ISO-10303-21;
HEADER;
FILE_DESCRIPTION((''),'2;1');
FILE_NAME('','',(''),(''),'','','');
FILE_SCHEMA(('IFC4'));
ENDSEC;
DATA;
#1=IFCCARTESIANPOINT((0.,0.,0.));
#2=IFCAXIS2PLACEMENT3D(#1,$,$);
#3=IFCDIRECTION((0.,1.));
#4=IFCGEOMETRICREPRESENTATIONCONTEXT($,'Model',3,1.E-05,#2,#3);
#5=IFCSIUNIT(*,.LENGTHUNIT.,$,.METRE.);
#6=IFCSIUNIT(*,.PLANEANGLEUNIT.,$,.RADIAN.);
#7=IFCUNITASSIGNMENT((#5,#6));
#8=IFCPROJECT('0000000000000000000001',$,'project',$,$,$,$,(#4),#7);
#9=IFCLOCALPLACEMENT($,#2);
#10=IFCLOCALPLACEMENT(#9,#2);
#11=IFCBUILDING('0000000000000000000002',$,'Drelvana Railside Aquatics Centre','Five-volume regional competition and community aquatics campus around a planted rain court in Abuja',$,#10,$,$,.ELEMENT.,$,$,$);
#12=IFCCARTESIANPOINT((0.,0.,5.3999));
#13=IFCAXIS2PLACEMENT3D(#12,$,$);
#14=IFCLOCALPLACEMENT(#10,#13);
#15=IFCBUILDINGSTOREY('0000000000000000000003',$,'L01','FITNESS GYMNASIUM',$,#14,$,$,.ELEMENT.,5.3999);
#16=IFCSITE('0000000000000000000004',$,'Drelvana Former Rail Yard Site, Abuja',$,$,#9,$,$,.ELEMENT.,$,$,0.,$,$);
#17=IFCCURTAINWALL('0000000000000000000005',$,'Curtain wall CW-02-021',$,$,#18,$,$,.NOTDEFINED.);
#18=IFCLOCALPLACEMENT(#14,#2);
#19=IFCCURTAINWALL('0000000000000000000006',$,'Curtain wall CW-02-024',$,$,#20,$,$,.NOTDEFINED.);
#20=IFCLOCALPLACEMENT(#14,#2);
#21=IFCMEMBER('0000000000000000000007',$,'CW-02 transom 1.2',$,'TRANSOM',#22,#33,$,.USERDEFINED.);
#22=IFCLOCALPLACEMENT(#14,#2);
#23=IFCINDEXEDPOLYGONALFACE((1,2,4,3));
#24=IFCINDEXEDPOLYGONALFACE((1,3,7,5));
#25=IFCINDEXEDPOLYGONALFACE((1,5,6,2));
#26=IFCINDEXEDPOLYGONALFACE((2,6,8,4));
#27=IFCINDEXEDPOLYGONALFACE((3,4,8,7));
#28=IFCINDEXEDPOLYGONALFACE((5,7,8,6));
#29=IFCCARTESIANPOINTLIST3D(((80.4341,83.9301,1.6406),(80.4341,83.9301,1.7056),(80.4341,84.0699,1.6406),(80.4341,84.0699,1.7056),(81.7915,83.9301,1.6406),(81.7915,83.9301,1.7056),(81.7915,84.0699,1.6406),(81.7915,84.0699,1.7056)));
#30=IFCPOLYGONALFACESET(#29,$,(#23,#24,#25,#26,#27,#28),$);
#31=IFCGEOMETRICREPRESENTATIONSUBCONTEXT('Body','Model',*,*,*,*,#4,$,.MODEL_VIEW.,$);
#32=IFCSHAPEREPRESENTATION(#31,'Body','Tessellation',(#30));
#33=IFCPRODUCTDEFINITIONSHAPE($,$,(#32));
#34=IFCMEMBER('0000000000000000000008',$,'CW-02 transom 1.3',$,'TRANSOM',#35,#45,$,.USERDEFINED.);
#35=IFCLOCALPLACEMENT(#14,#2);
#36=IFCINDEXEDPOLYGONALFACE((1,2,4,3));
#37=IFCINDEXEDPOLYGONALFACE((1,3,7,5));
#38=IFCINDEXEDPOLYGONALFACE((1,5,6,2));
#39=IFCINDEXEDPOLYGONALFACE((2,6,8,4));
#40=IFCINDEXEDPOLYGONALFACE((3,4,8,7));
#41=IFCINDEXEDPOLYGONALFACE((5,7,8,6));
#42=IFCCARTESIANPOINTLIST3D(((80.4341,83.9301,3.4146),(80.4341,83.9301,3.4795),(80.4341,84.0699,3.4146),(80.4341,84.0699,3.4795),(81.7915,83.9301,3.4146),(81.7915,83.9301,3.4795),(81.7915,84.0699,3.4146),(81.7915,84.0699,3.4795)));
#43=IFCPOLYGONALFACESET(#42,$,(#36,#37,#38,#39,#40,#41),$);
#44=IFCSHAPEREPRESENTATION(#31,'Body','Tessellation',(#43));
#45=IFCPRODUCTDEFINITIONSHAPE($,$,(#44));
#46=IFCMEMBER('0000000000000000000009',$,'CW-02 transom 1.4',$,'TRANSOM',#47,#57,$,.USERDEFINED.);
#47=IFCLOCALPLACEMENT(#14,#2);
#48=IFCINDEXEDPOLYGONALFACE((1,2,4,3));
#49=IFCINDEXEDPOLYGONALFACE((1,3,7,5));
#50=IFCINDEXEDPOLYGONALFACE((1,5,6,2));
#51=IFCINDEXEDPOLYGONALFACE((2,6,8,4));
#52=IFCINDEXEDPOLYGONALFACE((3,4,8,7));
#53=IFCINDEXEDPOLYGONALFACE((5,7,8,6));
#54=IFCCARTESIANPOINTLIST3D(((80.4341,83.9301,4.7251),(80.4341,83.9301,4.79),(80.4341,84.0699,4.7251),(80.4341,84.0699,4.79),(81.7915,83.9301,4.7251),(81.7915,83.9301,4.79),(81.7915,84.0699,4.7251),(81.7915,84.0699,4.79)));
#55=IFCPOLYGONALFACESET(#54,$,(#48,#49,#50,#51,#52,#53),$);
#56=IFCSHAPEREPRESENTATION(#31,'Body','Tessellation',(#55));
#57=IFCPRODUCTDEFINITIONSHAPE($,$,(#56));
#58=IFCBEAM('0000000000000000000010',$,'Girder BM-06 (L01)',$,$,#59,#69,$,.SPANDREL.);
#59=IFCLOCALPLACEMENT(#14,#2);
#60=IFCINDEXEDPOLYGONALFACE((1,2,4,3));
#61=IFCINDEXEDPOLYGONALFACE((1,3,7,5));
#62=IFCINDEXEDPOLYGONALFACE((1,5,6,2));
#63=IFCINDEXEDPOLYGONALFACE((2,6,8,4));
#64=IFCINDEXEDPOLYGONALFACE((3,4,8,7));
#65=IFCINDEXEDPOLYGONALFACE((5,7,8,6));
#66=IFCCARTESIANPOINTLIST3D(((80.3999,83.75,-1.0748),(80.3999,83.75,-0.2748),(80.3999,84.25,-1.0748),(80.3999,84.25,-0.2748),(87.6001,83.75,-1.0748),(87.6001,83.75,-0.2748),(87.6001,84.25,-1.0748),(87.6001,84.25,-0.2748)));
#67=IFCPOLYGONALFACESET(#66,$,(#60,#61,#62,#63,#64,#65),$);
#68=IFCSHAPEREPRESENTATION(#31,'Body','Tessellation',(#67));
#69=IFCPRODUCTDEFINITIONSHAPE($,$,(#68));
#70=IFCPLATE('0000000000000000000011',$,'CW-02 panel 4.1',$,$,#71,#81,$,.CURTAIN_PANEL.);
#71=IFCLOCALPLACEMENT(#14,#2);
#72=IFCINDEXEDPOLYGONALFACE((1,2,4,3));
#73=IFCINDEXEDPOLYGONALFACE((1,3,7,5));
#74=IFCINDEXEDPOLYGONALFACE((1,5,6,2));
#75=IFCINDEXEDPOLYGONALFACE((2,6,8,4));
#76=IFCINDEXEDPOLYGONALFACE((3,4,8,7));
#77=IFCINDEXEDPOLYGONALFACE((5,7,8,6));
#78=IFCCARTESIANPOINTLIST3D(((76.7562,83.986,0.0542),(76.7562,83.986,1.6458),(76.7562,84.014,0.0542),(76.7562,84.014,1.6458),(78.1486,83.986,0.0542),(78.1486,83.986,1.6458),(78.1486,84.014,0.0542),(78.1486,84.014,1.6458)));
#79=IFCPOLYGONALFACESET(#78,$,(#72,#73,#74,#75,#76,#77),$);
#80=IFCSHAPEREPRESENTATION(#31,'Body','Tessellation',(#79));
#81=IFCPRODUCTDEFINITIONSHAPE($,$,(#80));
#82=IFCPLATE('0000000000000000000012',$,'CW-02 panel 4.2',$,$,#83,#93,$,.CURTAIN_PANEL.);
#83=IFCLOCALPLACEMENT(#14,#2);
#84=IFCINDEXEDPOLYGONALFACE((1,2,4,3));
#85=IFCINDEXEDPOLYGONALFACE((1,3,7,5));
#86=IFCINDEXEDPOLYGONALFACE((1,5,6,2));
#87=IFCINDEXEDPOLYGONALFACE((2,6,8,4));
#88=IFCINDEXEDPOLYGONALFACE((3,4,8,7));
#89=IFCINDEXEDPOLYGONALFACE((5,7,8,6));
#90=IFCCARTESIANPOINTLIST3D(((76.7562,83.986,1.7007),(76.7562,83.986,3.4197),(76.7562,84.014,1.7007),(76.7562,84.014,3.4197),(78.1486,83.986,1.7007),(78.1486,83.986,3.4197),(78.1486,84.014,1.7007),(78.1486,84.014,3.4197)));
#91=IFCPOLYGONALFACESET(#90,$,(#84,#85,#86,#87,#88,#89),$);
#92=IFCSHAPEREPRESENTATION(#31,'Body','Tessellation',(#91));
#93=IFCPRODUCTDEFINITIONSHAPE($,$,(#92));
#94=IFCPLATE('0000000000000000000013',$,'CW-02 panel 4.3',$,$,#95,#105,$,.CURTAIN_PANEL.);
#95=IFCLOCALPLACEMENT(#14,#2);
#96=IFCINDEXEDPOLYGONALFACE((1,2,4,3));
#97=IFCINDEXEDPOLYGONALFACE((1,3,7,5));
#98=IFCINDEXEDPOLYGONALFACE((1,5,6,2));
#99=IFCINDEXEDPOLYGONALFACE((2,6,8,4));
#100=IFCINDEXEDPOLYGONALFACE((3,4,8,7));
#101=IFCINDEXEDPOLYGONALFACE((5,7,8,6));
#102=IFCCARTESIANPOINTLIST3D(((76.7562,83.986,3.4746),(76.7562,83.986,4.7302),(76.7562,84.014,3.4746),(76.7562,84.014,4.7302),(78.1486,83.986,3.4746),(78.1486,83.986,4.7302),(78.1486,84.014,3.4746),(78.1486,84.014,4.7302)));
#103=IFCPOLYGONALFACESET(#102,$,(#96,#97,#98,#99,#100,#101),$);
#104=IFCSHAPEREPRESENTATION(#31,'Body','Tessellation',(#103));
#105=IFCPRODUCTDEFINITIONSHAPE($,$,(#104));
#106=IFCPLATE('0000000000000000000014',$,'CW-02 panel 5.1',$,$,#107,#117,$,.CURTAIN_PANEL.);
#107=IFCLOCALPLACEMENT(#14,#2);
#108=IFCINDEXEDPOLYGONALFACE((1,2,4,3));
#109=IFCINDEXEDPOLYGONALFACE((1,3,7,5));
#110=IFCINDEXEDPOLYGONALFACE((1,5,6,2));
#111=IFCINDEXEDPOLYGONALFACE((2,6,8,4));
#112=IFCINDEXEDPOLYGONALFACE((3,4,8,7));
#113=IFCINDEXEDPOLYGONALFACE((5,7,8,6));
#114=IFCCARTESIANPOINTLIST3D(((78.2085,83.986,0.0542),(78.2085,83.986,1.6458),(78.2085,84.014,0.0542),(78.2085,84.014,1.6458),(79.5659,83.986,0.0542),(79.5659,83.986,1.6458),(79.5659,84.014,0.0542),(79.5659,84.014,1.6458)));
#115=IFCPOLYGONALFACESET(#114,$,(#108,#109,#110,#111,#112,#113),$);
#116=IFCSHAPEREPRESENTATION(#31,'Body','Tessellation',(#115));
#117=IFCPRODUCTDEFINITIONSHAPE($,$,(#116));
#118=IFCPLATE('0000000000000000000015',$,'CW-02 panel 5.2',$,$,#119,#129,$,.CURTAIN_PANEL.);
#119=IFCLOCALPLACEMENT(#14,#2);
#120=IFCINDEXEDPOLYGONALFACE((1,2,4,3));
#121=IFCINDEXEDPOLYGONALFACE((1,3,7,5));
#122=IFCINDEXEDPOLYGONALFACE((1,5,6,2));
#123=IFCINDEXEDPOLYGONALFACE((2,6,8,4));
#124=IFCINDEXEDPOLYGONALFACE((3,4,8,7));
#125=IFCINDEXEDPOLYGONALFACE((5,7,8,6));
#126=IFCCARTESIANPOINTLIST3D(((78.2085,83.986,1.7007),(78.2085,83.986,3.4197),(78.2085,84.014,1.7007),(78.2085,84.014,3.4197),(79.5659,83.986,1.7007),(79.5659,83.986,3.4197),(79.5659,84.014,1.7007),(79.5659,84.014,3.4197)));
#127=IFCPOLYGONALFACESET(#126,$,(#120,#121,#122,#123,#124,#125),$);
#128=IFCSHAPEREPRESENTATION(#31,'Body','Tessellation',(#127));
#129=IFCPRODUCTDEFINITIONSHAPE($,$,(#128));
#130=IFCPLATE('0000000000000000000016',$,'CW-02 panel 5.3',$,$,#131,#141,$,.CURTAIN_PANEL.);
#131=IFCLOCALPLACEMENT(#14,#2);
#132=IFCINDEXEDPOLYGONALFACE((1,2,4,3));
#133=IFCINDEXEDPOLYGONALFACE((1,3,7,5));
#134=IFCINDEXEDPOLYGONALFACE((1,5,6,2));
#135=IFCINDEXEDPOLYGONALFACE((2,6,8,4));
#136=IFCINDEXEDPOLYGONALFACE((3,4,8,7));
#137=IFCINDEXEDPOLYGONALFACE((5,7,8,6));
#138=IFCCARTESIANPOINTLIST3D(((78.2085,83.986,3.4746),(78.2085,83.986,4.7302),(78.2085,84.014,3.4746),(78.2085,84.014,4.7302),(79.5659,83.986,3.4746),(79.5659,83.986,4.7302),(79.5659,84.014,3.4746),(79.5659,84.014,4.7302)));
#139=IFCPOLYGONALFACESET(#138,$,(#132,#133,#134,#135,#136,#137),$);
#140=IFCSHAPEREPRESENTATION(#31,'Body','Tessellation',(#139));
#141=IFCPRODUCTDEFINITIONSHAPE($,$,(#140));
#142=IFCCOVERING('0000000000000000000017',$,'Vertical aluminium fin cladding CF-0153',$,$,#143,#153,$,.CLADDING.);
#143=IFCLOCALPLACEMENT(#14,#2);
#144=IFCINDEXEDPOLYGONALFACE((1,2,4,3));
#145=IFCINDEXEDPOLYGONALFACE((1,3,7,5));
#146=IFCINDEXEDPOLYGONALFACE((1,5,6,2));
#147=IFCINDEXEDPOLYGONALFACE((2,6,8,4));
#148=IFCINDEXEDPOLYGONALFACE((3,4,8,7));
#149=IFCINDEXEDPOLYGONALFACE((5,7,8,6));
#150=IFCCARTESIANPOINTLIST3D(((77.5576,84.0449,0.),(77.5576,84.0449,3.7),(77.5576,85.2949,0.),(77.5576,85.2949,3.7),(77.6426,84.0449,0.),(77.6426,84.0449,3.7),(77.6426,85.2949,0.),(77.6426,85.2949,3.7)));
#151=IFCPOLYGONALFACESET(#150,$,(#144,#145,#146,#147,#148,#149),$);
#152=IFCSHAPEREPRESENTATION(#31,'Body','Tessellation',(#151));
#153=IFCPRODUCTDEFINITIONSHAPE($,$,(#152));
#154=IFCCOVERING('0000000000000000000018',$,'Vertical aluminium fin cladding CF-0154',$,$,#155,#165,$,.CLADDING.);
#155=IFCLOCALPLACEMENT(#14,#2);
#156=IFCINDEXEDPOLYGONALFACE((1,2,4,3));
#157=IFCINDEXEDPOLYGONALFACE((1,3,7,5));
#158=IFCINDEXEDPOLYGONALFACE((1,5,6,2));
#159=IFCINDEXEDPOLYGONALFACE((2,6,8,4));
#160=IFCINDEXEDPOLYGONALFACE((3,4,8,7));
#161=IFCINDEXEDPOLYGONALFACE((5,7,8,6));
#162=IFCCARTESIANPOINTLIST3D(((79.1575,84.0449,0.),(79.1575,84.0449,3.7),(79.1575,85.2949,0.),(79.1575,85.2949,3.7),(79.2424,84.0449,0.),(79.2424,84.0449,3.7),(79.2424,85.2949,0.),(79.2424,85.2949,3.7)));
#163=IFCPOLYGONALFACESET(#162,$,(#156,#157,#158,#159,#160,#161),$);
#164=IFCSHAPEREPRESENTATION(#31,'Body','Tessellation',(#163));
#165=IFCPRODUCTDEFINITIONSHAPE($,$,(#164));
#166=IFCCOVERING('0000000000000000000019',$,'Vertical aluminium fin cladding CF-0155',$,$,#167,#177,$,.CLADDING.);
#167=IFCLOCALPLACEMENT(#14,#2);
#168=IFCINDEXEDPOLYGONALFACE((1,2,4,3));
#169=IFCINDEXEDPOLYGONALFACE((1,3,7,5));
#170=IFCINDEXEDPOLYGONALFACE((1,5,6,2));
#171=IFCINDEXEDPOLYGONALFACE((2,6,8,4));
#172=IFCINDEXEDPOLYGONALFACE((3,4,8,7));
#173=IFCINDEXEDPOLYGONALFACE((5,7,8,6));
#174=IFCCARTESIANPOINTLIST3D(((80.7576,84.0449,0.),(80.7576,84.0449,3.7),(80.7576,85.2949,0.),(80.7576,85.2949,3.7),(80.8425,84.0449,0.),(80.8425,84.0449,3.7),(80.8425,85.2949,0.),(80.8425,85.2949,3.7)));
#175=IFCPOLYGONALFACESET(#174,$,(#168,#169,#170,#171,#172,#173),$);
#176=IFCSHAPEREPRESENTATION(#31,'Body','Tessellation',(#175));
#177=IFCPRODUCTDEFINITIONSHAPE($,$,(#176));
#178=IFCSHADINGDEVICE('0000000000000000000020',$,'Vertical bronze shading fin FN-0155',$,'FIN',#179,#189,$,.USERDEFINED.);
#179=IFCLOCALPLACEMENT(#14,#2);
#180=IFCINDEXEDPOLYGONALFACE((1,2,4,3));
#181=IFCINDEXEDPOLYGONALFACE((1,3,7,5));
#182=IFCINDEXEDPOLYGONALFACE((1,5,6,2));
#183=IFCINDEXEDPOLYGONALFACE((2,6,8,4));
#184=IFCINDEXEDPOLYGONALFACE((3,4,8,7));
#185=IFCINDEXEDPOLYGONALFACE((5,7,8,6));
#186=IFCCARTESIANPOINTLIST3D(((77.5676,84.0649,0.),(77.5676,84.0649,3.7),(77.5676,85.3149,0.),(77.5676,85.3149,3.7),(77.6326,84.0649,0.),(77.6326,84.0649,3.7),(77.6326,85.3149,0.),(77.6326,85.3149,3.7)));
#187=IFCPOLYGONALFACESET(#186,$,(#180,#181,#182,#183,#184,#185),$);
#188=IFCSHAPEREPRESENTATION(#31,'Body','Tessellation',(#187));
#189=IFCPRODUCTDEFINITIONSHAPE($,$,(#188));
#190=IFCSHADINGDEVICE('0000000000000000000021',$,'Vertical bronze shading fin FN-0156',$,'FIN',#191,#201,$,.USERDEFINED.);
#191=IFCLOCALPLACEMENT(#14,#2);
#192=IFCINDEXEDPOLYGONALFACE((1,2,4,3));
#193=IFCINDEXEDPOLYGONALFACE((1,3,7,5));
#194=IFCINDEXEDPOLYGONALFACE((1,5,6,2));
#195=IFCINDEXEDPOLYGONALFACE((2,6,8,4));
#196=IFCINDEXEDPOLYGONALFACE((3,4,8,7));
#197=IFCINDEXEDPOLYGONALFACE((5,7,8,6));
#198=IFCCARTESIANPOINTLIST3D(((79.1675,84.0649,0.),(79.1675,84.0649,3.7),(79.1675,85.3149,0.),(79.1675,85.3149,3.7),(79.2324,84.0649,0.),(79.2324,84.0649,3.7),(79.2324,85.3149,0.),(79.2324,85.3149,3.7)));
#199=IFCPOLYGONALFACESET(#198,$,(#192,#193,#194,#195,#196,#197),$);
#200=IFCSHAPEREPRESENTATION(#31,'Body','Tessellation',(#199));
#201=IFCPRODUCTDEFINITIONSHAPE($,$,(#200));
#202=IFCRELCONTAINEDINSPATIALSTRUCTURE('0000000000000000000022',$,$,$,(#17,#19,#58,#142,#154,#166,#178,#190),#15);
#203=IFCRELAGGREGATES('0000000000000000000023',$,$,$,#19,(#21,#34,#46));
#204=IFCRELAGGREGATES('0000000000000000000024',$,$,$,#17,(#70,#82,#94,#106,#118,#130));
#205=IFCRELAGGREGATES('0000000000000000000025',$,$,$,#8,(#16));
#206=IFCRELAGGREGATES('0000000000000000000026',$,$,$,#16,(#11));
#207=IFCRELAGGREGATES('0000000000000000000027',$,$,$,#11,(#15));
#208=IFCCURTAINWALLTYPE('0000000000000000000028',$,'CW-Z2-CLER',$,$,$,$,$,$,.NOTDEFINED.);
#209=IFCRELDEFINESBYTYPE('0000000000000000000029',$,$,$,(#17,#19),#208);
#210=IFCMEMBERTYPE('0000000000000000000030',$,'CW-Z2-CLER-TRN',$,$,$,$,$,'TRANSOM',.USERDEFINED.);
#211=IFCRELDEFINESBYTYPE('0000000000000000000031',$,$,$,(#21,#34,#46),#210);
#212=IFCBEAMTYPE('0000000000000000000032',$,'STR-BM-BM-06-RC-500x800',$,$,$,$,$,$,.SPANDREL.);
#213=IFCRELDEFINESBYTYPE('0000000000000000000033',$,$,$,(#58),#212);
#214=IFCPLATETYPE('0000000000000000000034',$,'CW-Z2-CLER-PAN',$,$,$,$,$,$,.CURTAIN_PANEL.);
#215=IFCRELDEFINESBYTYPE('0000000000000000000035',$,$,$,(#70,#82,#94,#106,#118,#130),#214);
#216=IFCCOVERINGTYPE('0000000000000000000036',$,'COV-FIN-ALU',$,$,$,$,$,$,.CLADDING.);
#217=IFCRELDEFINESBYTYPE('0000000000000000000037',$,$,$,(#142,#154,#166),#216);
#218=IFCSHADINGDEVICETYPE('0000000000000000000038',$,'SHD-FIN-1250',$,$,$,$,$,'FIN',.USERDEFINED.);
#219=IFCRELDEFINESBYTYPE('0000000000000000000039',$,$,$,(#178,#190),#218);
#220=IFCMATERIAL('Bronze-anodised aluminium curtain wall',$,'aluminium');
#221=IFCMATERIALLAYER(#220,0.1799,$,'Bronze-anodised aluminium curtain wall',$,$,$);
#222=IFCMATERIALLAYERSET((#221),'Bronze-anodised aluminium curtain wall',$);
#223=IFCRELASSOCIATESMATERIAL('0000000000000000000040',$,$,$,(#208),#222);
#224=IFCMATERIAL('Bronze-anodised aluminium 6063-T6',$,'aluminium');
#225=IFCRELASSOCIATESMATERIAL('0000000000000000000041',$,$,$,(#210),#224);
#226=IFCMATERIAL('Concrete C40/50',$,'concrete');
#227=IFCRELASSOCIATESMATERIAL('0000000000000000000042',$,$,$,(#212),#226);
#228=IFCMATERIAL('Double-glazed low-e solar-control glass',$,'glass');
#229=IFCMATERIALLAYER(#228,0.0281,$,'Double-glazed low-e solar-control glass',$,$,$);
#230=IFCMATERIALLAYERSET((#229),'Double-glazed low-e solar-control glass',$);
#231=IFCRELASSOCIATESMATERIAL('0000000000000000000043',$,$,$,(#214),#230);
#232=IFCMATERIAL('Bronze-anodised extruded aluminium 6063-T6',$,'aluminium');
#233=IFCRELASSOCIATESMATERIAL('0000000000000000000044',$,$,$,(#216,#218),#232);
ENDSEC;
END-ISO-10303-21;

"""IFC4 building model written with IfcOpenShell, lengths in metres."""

from ifc_helpers import new_model, si_unit, direction, frame, origin, origin_2d, place, context, subcontext, project, spatial, rectangle, extrude, material, layer, layer_set, material_profile, profile_set, type_object, element, aggregate, save


model = new_model("IFC4")

# Units and contexts
model_context = context("Model", 3, precision=1e-05, world=origin(), true_north=direction((0.0, 1.0)))
body_context = subcontext(model_context, "Body", "Model", "MODEL_VIEW")
ifc_project = project(units=[si_unit("LENGTHUNIT", "METRE"), si_unit("PLANEANGLEUNIT", "RADIAN")], contexts=[model_context])

# Site, building, storey
site_placement = place(None, origin())
site = spatial("IfcSite", under=ifc_project, at=site_placement, Name="Drelvana Former Rail Yard Site, Abuja", CompositionType="ELEMENT", RefElevation=0.0)
building_placement = place(site_placement, origin())
building = spatial("IfcBuilding", under=site, at=building_placement, Name="Drelvana Railside Aquatics Centre", Description="Five-volume regional competition and community aquatics campus around a planted rain court in Abuja", CompositionType="ELEMENT")
storey_placement = place(building_placement, frame((0.0, 0.0, 5.3999)))
storey = spatial("IfcBuildingStorey", under=building, at=storey_placement, Name="L01", Description="FITNESS GYMNASIUM", CompositionType="ELEMENT", Elevation=5.3999)

# Shared definitions
ifc_material_1 = material(Name="Concrete C40/50", Category="concrete")

# Curtain wall
ifc_material_2 = material(Name="Bronze-anodised aluminium curtain wall", Category="aluminium")
ifc_layer_1 = layer(ifc_material_2, 0.1799, Name="Bronze-anodised aluminium curtain wall")
ifc_layer_set_1 = layer_set([ifc_layer_1], Name="Bronze-anodised aluminium curtain wall")
curtain_wall_type = type_object("IfcCurtainWallType", Name="CW-Z2-CLER", PredefinedType="NOTDEFINED", material=ifc_layer_set_1)
curtain_wall_1_placement = place(storey_placement, origin())
curtain_wall_1 = element("IfcCurtainWall", 1, at=curtain_wall_1_placement, inside=storey, type_object=curtain_wall_type, Name="Curtain wall CW-02-021", PredefinedType="NOTDEFINED")
ifc_material_3 = material(Name="Bronze-anodised aluminium 6063-T6", Category="aluminium")

# Curtain wall
curtain_wall_2_placement = place(storey_placement, origin())
curtain_wall_2 = element("IfcCurtainWall", 2, at=curtain_wall_2_placement, inside=storey, type_object=curtain_wall_type, Name="Curtain wall CW-02-024", PredefinedType="NOTDEFINED")

# Members
ifc_material_profile_1 = material_profile(ifc_material_3, rectangle(XDim=0.1399, YDim=0.0649, at=origin_2d()), Name="ALU-T 65x140")
ifc_profile_set_1 = profile_set([ifc_material_profile_1], Name="Bronze-anodised aluminium 6063-T6")
member_type_1 = type_object("IfcMemberType", Name="CW-Z2-CLER-TRN", ElementType="TRANSOM", PredefinedType="USERDEFINED", material=ifc_profile_set_1)
member_1_placement = place(storey_placement, frame((80.4341, 84.0, 1.6731), z_axis=(1.0, 0.0, 0.0), x_axis=(0.0, 1.0, 0.0)))
member_1 = element("IfcMember", 3, at=member_1_placement, type_object=member_type_1, Name="CW-02 transom 1.2", ObjectType="TRANSOM", PredefinedType="USERDEFINED", context=body_context, shape_type="SweptSolid", body=[
    extrude(rectangle(XDim=0.1399, YDim=0.0649, at=origin_2d()), origin(), (0.0, 0.0, 1.0), 1.3574),
])
member_2_placement = place(storey_placement, frame((80.4341, 84.0, 3.447), z_axis=(1.0, 0.0, 0.0), x_axis=(0.0, 1.0, 0.0)))
member_2 = element("IfcMember", 4, at=member_2_placement, type_object=member_type_1, Name="CW-02 transom 1.3", ObjectType="TRANSOM", PredefinedType="USERDEFINED", context=body_context, shape_type="SweptSolid", body=[
    extrude(rectangle(XDim=0.1399, YDim=0.0649, at=origin_2d()), origin(), (0.0, 0.0, 1.0), 1.3574),
])
member_3_placement = place(storey_placement, frame((80.4341, 84.0, 4.7576), z_axis=(1.0, 0.0, 0.0), x_axis=(0.0, 1.0, 0.0)))
member_3 = element("IfcMember", 5, at=member_3_placement, type_object=member_type_1, Name="CW-02 transom 1.4", ObjectType="TRANSOM", PredefinedType="USERDEFINED", context=body_context, shape_type="SweptSolid", body=[
    extrude(rectangle(XDim=0.1399, YDim=0.0649, at=origin_2d()), origin(), (0.0, 0.0, 1.0), 1.3574),
])
aggregate(curtain_wall_2, [member_1, member_2, member_3])

# Beam
ifc_material_profile_2 = material_profile(ifc_material_1, rectangle(XDim=0.5, YDim=0.8, at=origin_2d()), Name="RC 500x800")
ifc_profile_set_2 = profile_set([ifc_material_profile_2], Name="Concrete C40/50")
beam_type = type_object("IfcBeamType", Name="STR-BM-BM-06-RC-500x800", PredefinedType="SPANDREL", material=ifc_profile_set_2)
beam_placement = place(storey_placement, frame((80.3999, 84.0, -0.6748), z_axis=(1.0, 0.0, 0.0), x_axis=(0.0, 1.0, 0.0)))
element("IfcBeam", 6, at=beam_placement, inside=storey, type_object=beam_type, Name="Girder BM-06 (L01)", PredefinedType="SPANDREL", context=body_context, shape_type="SweptSolid", body=[
    extrude(rectangle(XDim=0.5, YDim=0.8, at=origin_2d()), origin(), (0.0, 0.0, 1.0), 7.2002),
])

# Plates
ifc_material_4 = material(Name="Double-glazed low-e solar-control glass", Category="glass")
ifc_layer_2 = layer(ifc_material_4, 0.0281, Name="Double-glazed low-e solar-control glass")
ifc_layer_set_2 = layer_set([ifc_layer_2], Name="Double-glazed low-e solar-control glass")
plate_type = type_object("IfcPlateType", Name="CW-Z2-CLER-PAN", PredefinedType="CURTAIN_PANEL", material=ifc_layer_set_2)
plate_1_placement = place(storey_placement, frame((77.4524, 84.0, 0.0542), z_axis=(0.0, 0.0, 1.0), x_axis=(1.0, 0.0, 0.0)))
plate_1 = element("IfcPlate", 7, at=plate_1_placement, type_object=plate_type, Name="CW-02 panel 4.1", PredefinedType="CURTAIN_PANEL", context=body_context, shape_type="SweptSolid", body=[
    extrude(rectangle(XDim=1.3923, YDim=0.0281, at=origin_2d()), origin(), (0.0, 0.0, 1.0), 1.5916),
])
plate_2_placement = place(storey_placement, frame((77.4524, 84.0, 1.7007), z_axis=(0.0, 0.0, 1.0), x_axis=(1.0, 0.0, 0.0)))
plate_2 = element("IfcPlate", 8, at=plate_2_placement, type_object=plate_type, Name="CW-02 panel 4.2", PredefinedType="CURTAIN_PANEL", context=body_context, shape_type="SweptSolid", body=[
    extrude(rectangle(XDim=1.3923, YDim=0.0281, at=origin_2d()), origin(), (0.0, 0.0, 1.0), 1.719),
])
plate_3_placement = place(storey_placement, frame((77.4524, 84.0, 3.4746), z_axis=(0.0, 0.0, 1.0), x_axis=(1.0, 0.0, 0.0)))
plate_3 = element("IfcPlate", 9, at=plate_3_placement, type_object=plate_type, Name="CW-02 panel 4.3", PredefinedType="CURTAIN_PANEL", context=body_context, shape_type="SweptSolid", body=[
    extrude(rectangle(XDim=1.3923, YDim=0.0281, at=origin_2d()), origin(), (0.0, 0.0, 1.0), 1.2556),
])
plate_4_placement = place(storey_placement, frame((78.8872, 84.0, 0.0542), z_axis=(0.0, 0.0, 1.0), x_axis=(1.0, 0.0, 0.0)))
plate_4 = element("IfcPlate", 10, at=plate_4_placement, type_object=plate_type, Name="CW-02 panel 5.1", PredefinedType="CURTAIN_PANEL", context=body_context, shape_type="SweptSolid", body=[
    extrude(rectangle(XDim=1.3574, YDim=0.0281, at=origin_2d()), origin(), (0.0, 0.0, 1.0), 1.5916),
])
plate_5_placement = place(storey_placement, frame((78.8872, 84.0, 1.7007), z_axis=(0.0, 0.0, 1.0), x_axis=(1.0, 0.0, 0.0)))
plate_5 = element("IfcPlate", 11, at=plate_5_placement, type_object=plate_type, Name="CW-02 panel 5.2", PredefinedType="CURTAIN_PANEL", context=body_context, shape_type="SweptSolid", body=[
    extrude(rectangle(XDim=1.3574, YDim=0.0281, at=origin_2d()), origin(), (0.0, 0.0, 1.0), 1.719),
])
plate_6_placement = place(storey_placement, frame((78.8872, 84.0, 3.4746), z_axis=(0.0, 0.0, 1.0), x_axis=(1.0, 0.0, 0.0)))
plate_6 = element("IfcPlate", 12, at=plate_6_placement, type_object=plate_type, Name="CW-02 panel 5.3", PredefinedType="CURTAIN_PANEL", context=body_context, shape_type="SweptSolid", body=[
    extrude(rectangle(XDim=1.3574, YDim=0.0281, at=origin_2d()), origin(), (0.0, 0.0, 1.0), 1.2556),
])
aggregate(curtain_wall_1, [plate_1, plate_2, plate_3, plate_4, plate_5, plate_6])

# Coverings
ifc_material_5 = material(Name="Bronze-anodised extruded aluminium 6063-T6", Category="aluminium")
covering_type = type_object("IfcCoveringType", Name="COV-FIN-ALU", PredefinedType="CLADDING", material=ifc_material_5)
for number, where, z_axis, x_axis, name in (
    (13, (77.6001, 84.6699, 0.0), (0.0, 0.0, 1.0), (1.0, 0.0, 0.0), "Vertical aluminium fin cladding CF-0153"),
    (14, (79.2, 84.6699, 0.0), (0.0, 0.0, 1.0), (1.0, 0.0, 0.0), "Vertical aluminium fin cladding CF-0154"),
    (15, (80.8, 84.6699, 0.0), (0.0, 0.0, 1.0), (1.0, 0.0, 0.0), "Vertical aluminium fin cladding CF-0155"),
):
    element("IfcCovering", number, at=place(storey_placement, frame(where, z_axis=z_axis, x_axis=x_axis)), inside=storey, type_object=covering_type, Name=name, PredefinedType="CLADDING", context=body_context, shape_type="SweptSolid", body=[
        extrude(rectangle(XDim=0.085, YDim=1.25, at=origin_2d()), origin(), (0.0, 0.0, 1.0), 3.7),
    ])

# Shading devices
shading_device_type = type_object("IfcShadingDeviceType", Name="SHD-FIN-1250", ElementType="FIN", PredefinedType="USERDEFINED", material=ifc_material_5)
for number, where, z_axis, x_axis, name in (
    (16, (77.6001, 84.6899, 0.0), (0.0, 0.0, 1.0), (0.0, 1.0, 0.0), "Vertical bronze shading fin FN-0155"),
    (17, (79.2, 84.6899, 0.0), (0.0, 0.0, 1.0), (0.0, 1.0, 0.0), "Vertical bronze shading fin FN-0156"),
):
    element("IfcShadingDevice", number, at=place(storey_placement, frame(where, z_axis=z_axis, x_axis=x_axis)), inside=storey, type_object=shading_device_type, Name=name, ObjectType="FIN", PredefinedType="USERDEFINED", context=body_context, shape_type="SweptSolid", body=[
        extrude(rectangle(XDim=1.25, YDim=0.0649, at=origin_2d()), origin(), (0.0, 0.0, 1.0), 3.7),
    ])

save(model, "model.ifc")
